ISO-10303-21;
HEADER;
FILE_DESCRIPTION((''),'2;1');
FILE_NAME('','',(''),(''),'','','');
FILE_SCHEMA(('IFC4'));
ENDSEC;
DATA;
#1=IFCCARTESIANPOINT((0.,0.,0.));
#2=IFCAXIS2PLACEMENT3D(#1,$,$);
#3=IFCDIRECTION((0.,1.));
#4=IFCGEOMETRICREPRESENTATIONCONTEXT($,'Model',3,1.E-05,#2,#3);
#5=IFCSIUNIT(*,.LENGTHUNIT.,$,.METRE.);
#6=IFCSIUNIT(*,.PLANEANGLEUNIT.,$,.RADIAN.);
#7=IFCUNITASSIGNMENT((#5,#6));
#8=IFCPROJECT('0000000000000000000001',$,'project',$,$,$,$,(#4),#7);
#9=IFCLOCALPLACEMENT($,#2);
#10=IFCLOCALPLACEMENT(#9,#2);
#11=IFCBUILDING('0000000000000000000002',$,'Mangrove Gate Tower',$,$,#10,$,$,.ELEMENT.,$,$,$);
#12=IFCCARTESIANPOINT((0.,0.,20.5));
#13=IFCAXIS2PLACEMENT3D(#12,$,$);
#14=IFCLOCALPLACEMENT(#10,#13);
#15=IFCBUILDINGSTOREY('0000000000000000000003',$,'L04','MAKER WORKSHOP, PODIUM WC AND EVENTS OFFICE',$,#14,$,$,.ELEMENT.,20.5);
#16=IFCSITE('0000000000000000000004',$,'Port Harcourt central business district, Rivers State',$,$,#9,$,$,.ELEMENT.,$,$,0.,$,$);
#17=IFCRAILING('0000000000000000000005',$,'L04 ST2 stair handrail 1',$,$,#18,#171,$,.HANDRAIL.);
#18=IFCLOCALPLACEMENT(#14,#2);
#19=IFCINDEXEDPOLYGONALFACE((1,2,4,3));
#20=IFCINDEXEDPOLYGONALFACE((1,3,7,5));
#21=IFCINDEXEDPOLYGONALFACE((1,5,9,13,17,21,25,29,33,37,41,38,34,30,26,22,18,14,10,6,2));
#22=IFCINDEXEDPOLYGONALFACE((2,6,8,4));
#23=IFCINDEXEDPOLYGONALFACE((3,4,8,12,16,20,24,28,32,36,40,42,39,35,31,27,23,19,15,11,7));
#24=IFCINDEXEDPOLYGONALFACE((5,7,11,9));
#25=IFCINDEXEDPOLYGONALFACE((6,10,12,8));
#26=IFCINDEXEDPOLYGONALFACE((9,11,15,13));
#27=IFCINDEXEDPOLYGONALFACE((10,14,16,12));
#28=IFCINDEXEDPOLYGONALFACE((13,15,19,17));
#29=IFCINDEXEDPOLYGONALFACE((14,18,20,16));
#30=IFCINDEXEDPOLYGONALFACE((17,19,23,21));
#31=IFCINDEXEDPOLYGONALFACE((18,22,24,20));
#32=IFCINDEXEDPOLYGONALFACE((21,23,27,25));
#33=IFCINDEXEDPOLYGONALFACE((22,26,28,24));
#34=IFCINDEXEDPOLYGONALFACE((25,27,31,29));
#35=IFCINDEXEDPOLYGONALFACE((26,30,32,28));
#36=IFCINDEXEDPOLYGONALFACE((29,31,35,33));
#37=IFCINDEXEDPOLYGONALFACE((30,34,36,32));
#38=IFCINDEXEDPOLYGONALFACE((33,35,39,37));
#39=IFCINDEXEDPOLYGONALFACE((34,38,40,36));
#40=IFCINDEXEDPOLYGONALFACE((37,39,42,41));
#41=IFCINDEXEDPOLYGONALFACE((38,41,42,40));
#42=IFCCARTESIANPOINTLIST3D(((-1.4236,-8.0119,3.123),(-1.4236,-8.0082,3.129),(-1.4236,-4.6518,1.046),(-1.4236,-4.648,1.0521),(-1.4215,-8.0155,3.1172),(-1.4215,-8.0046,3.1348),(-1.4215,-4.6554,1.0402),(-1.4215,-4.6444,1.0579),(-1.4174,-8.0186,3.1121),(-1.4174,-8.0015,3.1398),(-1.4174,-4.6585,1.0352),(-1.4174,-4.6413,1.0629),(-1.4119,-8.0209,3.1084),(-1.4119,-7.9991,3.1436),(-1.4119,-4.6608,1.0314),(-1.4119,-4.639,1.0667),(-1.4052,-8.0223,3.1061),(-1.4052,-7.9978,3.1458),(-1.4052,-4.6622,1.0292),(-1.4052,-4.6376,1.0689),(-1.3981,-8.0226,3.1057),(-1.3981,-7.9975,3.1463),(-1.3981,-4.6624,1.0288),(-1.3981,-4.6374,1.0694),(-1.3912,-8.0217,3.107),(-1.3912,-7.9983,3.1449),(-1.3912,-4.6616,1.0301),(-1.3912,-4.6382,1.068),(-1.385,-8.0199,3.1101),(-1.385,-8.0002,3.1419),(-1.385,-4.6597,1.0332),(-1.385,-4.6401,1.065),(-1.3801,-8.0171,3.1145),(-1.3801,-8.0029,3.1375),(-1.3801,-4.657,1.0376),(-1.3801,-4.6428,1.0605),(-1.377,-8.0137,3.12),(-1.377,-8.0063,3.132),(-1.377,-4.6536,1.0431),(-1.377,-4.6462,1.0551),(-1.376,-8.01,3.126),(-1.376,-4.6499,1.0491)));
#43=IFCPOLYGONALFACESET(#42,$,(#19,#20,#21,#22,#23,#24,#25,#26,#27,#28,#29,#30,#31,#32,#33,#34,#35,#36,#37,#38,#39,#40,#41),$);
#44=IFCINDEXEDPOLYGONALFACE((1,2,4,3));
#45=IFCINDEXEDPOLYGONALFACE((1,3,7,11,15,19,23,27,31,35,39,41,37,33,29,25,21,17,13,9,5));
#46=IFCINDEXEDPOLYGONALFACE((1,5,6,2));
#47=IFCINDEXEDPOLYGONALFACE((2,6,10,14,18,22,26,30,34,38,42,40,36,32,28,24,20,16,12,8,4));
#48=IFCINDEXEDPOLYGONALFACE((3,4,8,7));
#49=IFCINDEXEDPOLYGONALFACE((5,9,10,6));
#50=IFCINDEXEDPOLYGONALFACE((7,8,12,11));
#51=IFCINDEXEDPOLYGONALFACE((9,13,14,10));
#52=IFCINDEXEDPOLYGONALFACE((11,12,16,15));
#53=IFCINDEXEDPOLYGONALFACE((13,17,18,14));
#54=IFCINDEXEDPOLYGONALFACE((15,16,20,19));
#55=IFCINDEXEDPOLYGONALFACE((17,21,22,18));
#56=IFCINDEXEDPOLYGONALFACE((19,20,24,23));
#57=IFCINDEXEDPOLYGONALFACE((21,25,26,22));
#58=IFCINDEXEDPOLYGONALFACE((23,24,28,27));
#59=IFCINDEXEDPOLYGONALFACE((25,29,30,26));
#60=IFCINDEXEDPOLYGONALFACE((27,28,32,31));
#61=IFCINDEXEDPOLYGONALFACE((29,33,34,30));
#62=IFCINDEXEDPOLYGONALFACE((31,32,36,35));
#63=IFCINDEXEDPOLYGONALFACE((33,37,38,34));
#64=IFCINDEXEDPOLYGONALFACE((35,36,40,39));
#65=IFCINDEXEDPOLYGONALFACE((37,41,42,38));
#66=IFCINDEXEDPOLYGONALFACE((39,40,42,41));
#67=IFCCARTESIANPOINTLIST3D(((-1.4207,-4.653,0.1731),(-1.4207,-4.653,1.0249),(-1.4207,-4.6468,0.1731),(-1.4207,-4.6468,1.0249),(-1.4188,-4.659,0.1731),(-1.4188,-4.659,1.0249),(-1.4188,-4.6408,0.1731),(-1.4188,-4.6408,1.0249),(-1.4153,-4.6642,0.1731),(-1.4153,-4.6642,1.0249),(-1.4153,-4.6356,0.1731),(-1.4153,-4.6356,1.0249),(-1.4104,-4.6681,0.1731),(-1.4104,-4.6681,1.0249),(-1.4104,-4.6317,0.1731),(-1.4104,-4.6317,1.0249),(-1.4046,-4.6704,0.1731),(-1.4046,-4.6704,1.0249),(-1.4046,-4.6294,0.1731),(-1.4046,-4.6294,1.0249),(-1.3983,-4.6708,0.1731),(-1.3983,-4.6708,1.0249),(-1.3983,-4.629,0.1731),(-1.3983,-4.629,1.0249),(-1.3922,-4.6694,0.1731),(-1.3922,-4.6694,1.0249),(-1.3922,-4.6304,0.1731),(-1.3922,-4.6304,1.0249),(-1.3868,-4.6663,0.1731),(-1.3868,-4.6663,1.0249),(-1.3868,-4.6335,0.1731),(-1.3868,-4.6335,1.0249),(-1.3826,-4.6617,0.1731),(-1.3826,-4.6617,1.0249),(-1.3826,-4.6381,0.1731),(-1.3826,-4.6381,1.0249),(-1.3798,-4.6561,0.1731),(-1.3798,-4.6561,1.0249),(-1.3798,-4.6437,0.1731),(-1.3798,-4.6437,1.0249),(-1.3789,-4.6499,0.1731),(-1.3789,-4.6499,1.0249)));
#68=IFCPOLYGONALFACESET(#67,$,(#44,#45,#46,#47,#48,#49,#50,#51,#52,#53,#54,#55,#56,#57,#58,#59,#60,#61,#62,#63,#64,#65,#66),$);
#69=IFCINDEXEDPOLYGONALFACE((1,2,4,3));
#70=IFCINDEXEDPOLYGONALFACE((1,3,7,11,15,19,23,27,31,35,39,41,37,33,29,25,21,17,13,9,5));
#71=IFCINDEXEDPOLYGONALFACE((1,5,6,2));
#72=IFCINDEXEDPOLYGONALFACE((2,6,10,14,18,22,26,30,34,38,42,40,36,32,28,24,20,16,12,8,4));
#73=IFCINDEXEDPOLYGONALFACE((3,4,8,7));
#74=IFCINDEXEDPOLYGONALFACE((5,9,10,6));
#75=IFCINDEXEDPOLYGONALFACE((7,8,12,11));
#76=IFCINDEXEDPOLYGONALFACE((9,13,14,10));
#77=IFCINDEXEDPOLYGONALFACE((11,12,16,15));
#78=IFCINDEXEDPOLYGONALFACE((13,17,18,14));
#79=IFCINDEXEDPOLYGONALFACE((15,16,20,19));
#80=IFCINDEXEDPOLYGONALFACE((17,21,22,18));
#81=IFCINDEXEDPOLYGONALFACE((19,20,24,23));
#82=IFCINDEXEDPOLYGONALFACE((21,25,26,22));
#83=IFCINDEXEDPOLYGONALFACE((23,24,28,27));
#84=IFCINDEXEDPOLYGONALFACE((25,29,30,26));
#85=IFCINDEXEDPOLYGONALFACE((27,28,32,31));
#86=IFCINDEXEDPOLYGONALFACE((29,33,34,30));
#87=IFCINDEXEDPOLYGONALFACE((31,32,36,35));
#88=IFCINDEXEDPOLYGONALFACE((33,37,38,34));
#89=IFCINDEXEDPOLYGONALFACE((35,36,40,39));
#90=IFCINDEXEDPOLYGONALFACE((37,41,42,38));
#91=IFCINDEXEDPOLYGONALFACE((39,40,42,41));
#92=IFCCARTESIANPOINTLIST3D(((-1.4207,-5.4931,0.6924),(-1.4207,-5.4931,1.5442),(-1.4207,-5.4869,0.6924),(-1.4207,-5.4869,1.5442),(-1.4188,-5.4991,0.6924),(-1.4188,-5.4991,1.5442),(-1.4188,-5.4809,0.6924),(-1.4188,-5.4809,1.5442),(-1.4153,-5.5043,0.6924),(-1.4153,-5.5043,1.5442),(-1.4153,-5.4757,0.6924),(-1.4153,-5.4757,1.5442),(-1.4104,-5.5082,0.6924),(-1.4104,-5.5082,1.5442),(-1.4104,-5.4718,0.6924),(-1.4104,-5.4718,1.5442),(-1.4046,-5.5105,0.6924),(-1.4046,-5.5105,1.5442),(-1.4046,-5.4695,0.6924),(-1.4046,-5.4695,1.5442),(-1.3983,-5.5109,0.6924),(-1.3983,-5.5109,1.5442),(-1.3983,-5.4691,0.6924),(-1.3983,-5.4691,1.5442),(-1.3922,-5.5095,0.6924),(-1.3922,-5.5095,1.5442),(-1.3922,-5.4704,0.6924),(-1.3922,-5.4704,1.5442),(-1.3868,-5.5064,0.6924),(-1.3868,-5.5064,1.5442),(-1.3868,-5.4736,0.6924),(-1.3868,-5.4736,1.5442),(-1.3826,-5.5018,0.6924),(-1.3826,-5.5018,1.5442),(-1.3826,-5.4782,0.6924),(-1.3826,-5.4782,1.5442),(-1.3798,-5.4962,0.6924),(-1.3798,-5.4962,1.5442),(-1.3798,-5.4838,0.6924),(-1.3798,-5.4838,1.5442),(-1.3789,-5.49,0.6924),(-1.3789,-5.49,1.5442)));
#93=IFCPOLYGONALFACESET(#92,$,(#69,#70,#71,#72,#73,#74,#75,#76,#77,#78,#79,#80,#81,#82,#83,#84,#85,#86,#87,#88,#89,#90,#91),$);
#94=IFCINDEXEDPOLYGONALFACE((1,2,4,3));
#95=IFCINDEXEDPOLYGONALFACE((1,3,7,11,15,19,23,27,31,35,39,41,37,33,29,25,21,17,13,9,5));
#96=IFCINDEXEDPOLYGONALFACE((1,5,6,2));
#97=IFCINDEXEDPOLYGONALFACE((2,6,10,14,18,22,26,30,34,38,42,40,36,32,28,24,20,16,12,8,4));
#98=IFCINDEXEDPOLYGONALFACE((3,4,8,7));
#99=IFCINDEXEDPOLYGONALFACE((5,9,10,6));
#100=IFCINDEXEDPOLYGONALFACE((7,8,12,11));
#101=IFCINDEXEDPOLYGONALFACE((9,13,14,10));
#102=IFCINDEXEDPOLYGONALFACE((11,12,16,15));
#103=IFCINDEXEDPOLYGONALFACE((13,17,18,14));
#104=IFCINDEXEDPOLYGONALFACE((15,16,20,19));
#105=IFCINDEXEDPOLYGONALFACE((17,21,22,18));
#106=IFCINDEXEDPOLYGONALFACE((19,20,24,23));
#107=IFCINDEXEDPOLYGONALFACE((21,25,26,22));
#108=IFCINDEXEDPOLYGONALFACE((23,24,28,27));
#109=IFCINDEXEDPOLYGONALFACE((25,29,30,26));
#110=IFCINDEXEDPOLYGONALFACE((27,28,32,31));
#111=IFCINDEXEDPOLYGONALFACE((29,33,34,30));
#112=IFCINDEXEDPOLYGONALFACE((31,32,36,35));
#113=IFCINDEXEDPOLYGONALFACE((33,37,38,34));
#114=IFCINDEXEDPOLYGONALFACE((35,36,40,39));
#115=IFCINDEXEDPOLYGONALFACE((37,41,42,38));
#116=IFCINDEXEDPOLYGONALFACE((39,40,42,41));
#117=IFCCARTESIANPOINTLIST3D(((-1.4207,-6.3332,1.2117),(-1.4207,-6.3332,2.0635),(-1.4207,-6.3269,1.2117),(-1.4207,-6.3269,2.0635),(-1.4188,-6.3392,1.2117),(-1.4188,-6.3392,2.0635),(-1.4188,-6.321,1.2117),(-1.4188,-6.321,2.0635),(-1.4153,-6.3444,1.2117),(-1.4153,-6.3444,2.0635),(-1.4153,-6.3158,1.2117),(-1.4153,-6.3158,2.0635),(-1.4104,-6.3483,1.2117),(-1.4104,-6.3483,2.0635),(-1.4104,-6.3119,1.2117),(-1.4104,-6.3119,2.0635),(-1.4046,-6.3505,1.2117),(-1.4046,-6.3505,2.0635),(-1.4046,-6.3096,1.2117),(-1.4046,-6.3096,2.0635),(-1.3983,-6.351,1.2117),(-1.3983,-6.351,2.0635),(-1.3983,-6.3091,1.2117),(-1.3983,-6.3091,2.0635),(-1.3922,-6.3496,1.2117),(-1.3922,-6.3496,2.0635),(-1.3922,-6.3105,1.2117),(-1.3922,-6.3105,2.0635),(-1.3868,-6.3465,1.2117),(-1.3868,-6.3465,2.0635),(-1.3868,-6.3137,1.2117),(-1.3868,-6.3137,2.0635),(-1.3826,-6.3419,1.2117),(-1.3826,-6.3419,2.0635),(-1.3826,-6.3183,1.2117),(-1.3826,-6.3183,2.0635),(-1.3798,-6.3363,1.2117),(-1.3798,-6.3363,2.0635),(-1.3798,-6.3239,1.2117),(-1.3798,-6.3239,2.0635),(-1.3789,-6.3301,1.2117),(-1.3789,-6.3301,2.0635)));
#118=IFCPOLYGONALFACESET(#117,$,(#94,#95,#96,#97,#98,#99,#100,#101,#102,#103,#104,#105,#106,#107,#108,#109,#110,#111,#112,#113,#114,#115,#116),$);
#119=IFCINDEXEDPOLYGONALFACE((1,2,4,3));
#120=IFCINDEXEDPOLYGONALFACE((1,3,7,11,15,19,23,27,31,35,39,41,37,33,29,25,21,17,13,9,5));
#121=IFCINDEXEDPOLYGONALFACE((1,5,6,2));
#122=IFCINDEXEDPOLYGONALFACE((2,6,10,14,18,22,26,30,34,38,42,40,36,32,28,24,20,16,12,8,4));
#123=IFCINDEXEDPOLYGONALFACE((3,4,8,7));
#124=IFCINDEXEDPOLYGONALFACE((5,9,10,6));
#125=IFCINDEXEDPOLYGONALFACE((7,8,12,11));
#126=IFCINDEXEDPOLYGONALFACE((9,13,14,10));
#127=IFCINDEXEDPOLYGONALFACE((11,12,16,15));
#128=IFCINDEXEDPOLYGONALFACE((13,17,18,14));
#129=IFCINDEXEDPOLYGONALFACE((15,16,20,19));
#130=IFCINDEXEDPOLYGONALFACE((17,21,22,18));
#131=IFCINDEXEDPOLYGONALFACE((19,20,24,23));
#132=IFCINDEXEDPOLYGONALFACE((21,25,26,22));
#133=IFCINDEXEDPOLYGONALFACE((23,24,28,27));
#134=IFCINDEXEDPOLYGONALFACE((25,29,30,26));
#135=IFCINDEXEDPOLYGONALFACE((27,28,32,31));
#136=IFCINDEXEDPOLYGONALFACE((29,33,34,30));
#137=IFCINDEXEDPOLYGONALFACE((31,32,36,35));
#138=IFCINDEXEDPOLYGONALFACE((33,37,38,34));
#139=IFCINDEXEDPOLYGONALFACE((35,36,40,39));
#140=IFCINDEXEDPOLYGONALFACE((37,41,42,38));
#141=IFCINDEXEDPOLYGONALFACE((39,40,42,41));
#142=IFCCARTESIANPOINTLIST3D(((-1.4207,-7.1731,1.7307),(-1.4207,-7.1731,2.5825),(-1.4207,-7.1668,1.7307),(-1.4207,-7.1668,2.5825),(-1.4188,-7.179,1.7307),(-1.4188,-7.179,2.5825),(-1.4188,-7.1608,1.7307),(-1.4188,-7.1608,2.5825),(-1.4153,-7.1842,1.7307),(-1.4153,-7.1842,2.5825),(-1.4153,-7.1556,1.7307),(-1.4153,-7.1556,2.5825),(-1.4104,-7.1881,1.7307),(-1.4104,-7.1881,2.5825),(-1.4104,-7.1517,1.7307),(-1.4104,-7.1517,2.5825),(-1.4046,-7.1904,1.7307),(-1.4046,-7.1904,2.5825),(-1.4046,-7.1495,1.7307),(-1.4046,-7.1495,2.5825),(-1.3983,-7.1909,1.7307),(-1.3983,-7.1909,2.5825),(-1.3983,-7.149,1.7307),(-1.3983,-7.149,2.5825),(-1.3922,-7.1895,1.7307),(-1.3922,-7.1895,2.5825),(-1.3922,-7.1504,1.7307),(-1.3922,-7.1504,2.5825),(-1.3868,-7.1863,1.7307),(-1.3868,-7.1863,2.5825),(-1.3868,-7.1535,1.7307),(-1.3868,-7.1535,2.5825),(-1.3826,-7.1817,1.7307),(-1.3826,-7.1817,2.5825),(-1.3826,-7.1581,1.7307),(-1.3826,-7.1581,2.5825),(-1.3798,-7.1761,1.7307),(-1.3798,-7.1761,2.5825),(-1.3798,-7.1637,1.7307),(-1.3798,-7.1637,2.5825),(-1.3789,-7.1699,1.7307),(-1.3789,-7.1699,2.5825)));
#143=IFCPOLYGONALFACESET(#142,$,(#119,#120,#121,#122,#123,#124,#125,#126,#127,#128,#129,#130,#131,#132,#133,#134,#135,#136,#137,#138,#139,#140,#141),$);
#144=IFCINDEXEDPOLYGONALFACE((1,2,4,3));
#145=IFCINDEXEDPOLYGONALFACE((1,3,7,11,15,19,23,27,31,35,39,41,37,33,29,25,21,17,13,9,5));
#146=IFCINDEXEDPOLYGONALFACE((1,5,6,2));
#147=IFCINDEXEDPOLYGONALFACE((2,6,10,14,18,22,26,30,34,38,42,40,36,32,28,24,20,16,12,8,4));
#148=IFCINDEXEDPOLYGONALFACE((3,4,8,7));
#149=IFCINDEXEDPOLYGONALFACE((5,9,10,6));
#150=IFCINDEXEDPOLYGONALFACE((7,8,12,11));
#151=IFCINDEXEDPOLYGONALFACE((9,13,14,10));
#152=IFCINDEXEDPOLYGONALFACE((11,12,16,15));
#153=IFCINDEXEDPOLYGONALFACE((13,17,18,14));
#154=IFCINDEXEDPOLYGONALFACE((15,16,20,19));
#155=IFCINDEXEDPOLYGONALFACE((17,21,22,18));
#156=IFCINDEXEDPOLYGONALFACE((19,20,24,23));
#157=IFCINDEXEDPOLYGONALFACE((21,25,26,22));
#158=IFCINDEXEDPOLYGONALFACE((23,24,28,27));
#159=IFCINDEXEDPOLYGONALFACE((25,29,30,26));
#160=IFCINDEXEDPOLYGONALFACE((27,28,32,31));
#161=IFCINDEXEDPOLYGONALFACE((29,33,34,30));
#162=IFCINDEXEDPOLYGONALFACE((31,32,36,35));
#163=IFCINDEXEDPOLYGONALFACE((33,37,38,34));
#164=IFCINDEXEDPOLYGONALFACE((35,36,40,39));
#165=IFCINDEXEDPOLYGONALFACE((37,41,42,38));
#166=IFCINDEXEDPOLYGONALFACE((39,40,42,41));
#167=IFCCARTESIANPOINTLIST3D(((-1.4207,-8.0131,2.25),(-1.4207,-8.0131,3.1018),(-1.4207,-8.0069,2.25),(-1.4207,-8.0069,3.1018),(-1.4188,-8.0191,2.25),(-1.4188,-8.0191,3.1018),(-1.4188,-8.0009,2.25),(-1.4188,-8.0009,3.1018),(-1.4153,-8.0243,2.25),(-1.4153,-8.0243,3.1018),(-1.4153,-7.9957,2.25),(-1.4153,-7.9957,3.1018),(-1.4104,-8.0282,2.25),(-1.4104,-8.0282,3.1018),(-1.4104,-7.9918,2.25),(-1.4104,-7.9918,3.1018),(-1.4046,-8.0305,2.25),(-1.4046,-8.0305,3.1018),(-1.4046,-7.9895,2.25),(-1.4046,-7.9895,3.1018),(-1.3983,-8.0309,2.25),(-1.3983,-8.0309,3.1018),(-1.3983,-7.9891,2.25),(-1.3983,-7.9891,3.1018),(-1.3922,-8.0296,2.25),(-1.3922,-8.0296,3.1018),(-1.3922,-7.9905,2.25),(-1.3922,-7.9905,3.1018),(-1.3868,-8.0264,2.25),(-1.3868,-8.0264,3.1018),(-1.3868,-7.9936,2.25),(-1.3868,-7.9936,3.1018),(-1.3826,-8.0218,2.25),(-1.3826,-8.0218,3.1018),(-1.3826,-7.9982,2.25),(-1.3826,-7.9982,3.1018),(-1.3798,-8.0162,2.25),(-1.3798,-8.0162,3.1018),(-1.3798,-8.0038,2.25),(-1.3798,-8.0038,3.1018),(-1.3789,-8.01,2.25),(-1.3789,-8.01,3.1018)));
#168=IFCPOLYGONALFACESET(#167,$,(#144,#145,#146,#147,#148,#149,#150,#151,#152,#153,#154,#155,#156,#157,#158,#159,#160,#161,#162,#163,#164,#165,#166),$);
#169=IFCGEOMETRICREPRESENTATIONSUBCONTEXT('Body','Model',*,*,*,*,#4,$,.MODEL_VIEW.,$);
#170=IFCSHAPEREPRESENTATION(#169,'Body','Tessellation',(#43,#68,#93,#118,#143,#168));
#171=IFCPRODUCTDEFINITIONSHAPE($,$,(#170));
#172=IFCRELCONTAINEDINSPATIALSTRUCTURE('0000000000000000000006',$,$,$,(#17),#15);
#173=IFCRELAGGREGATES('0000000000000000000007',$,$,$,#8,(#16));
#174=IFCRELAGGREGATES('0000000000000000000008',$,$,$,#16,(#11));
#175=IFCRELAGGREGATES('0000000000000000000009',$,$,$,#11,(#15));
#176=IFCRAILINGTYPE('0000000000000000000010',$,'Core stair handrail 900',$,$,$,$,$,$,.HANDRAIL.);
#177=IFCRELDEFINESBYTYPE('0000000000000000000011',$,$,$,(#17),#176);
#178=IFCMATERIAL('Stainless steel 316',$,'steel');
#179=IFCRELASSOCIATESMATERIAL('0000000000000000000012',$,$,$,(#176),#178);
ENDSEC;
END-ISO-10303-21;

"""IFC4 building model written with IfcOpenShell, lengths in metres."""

from ifc_helpers import new_model, si_unit, direction, frame, origin, origin_2d, place, context, subcontext, project, spatial, circle, extrude, material, type_object, element, save


model = new_model("IFC4")

# Units and contexts
model_context = context("Model", 3, precision=1e-05, world=origin(), true_north=direction((0.0, 1.0)))
body_context = subcontext(model_context, "Body", "Model", "MODEL_VIEW")
ifc_project = project(units=[si_unit("LENGTHUNIT", "METRE"), si_unit("PLANEANGLEUNIT", "RADIAN")], contexts=[model_context])

# Site, building, storey
site_placement = place(None, origin())
site = spatial("IfcSite", under=ifc_project, at=site_placement, Name="Port Harcourt central business district, Rivers State", CompositionType="ELEMENT", RefElevation=0.0)
building_placement = place(site_placement, origin())
building = spatial("IfcBuilding", under=site, at=building_placement, Name="Mangrove Gate Tower", CompositionType="ELEMENT")
storey_placement = place(building_placement, frame((0.0, 0.0, 20.5)))
storey = spatial("IfcBuildingStorey", under=building, at=storey_placement, Name="L04", Description="MAKER WORKSHOP, PODIUM WC AND EVENTS OFFICE", CompositionType="ELEMENT", Elevation=20.5)

# Railing
ifc_material_1 = material(Name="Stainless steel 316", Category="steel")
railing_type_1 = type_object("IfcRailingType", Name="Core stair handrail 900", PredefinedType="HANDRAIL", material=ifc_material_1)
railing_1_placement = place(storey_placement, frame((-1.3999, -4.6499, 0.1731)))
element("IfcRailing", 1, at=railing_1_placement, inside=storey, type_object=railing_type_1, Name="L04 ST2 stair handrail 1", PredefinedType="HANDRAIL", context=body_context, shape_type="SweptSolid", body=[
    extrude(circle(Radius=0.0239, at=origin_2d()), frame((0.0, 0.0, 0.876), z_axis=(0.0, -0.850623, 0.525776), x_axis=(1.0, 0.0, 0.0)), (0.0, 0.0, 1.0), 3.9502),
    extrude(circle(Radius=0.021, at=origin_2d()), origin(), (0.0, 0.0, 1.0), 0.8518),
    extrude(circle(Radius=0.021, at=origin_2d()), frame((0.0, -0.8401, 0.5193)), (0.0, 0.0, 1.0), 0.8518),
    extrude(circle(Radius=0.021, at=origin_2d()), frame((0.0, -1.6802, 1.0386)), (0.0, 0.0, 1.0), 0.8518),
    extrude(circle(Radius=0.021, at=origin_2d()), frame((0.0, -2.52, 1.5576)), (0.0, 0.0, 1.0), 0.8518),
    extrude(circle(Radius=0.021, at=origin_2d()), frame((0.0, -3.3601, 2.0769)), (0.0, 0.0, 1.0), 0.8518),
])

save(model, "model.ifc")
